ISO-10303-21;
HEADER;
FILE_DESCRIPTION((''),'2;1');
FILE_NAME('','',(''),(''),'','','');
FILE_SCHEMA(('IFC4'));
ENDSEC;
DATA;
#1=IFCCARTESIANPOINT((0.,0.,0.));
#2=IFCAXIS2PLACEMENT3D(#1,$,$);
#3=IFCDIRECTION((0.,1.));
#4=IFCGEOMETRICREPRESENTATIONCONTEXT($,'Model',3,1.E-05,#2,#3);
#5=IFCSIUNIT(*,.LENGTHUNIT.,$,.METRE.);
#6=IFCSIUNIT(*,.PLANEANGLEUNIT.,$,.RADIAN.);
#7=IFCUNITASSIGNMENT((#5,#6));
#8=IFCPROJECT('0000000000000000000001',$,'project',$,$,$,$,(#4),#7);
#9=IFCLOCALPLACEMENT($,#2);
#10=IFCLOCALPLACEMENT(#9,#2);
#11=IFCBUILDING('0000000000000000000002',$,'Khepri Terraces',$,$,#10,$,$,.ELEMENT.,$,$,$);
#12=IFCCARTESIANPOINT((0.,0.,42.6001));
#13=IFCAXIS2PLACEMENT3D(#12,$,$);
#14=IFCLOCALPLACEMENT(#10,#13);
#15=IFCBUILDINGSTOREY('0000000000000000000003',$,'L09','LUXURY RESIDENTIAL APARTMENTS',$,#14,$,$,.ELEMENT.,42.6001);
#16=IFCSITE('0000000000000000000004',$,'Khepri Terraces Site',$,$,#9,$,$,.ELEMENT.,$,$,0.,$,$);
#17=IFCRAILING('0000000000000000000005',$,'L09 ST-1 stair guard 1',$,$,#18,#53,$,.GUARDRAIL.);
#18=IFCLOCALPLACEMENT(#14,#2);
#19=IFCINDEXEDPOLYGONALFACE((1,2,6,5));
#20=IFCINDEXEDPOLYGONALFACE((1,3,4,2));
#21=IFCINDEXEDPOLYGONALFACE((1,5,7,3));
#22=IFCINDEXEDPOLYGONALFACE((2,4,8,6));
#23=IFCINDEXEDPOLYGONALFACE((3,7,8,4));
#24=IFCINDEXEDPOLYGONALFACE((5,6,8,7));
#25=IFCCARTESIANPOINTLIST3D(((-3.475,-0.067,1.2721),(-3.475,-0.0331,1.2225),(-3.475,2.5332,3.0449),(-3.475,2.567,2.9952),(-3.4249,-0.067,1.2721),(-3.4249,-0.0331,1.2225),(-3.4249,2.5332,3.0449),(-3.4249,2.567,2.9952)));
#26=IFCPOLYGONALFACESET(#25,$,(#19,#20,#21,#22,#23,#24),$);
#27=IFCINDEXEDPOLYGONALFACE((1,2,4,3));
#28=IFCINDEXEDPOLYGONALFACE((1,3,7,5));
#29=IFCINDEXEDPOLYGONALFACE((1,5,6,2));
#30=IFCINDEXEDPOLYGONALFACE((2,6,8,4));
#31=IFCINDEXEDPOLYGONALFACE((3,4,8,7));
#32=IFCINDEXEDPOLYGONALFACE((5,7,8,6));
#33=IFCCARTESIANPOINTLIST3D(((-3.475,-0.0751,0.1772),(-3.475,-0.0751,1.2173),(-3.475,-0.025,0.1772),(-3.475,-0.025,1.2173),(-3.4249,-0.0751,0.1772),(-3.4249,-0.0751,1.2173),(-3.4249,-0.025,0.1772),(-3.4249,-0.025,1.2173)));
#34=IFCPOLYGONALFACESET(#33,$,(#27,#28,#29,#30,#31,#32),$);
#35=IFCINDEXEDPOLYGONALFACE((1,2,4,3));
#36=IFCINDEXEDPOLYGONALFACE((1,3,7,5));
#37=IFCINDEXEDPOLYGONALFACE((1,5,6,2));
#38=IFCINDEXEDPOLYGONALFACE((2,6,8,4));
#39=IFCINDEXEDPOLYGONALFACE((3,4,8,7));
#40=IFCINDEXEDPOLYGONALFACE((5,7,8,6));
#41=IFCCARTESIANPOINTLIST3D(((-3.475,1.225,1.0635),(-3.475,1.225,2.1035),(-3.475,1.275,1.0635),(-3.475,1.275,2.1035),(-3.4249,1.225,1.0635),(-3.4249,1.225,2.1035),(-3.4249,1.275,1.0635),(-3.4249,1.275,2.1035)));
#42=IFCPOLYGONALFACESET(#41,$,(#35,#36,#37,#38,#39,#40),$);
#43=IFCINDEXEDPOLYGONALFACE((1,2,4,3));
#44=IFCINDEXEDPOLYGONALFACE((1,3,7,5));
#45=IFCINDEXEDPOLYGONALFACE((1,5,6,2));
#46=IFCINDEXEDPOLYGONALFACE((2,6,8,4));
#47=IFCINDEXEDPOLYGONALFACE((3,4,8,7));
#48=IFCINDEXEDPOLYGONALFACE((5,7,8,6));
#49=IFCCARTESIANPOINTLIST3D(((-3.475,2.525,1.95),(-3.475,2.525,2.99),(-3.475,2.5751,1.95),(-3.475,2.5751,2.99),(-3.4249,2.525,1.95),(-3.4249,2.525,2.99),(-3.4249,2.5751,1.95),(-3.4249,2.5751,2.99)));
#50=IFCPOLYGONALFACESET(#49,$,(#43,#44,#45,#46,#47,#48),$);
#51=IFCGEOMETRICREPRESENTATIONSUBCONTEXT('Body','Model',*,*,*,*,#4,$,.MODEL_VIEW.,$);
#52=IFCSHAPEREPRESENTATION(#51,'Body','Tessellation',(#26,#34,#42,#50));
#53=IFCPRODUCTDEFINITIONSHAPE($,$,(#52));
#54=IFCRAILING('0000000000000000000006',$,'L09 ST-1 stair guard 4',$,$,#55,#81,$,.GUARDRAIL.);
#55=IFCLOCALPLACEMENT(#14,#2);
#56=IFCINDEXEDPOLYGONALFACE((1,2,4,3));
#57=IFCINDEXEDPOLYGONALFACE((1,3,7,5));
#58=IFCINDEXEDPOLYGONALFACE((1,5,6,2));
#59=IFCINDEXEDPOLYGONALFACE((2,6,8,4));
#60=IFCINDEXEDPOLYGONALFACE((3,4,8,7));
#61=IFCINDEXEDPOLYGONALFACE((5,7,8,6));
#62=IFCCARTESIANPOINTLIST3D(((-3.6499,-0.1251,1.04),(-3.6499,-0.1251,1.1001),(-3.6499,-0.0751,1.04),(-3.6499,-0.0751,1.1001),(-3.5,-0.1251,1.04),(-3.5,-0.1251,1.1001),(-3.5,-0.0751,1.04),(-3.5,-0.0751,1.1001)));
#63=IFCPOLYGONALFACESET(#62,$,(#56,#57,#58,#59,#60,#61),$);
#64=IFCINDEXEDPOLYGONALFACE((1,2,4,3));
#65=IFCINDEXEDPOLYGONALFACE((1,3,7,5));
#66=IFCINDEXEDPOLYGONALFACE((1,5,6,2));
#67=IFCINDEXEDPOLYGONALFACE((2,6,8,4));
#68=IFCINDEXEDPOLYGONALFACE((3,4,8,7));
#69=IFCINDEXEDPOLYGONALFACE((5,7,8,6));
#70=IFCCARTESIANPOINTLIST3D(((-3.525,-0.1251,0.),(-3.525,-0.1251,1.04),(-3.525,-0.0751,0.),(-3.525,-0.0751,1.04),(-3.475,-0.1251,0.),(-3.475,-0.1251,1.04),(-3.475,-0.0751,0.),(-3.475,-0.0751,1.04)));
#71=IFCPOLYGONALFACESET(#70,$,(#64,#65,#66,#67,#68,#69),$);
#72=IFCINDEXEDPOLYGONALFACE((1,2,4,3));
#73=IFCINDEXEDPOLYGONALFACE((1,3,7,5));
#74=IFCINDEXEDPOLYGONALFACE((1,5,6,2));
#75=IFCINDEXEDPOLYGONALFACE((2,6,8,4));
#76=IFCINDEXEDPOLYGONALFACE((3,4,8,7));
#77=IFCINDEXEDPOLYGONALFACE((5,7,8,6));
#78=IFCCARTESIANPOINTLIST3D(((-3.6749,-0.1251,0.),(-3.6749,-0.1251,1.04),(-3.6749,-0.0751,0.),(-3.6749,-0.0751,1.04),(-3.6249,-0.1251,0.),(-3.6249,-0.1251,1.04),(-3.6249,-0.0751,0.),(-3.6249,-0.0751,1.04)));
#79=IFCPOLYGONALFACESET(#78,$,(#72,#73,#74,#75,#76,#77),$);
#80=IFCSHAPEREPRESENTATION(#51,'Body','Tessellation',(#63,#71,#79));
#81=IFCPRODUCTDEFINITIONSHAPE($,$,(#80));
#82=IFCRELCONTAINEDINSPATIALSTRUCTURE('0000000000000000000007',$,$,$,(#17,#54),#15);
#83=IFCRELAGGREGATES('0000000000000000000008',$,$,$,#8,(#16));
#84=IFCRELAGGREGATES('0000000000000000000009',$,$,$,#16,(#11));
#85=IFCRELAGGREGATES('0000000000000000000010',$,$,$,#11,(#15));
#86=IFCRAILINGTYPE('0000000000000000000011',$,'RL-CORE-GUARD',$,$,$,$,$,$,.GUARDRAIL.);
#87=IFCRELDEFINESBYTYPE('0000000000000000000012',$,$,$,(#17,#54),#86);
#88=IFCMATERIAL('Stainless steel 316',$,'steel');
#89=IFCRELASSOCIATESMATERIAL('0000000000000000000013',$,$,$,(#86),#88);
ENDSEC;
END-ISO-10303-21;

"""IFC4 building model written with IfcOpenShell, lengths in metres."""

from ifc_helpers import new_model, si_unit, direction, frame, origin, origin_2d, place, context, subcontext, project, spatial, rectangle, extrude, material, type_object, element, save


model = new_model("IFC4")

# Units and contexts
model_context = context("Model", 3, precision=1e-05, world=origin(), true_north=direction((0.0, 1.0)))
body_context = subcontext(model_context, "Body", "Model", "MODEL_VIEW")
ifc_project = project(units=[si_unit("LENGTHUNIT", "METRE"), si_unit("PLANEANGLEUNIT", "RADIAN")], contexts=[model_context])

# Site, building, storey
site_placement = place(None, origin())
site = spatial("IfcSite", under=ifc_project, at=site_placement, Name="Khepri Terraces Site", CompositionType="ELEMENT", RefElevation=0.0)
building_placement = place(site_placement, origin())
building = spatial("IfcBuilding", under=site, at=building_placement, Name="Khepri Terraces", CompositionType="ELEMENT")
storey_placement = place(building_placement, frame((0.0, 0.0, 42.6001)))
storey = spatial("IfcBuildingStorey", under=building, at=storey_placement, Name="L09", Description="LUXURY RESIDENTIAL APARTMENTS", CompositionType="ELEMENT", Elevation=42.6001)

# Railings
ifc_material_1 = material(Name="Stainless steel 316", Category="steel")
railing_type = type_object("IfcRailingType", Name="RL-CORE-GUARD", PredefinedType="GUARDRAIL", material=ifc_material_1)
railing_1_placement = place(storey_placement, frame((-3.45, -0.05, 0.1772)))
element("IfcRailing", 1, at=railing_1_placement, inside=storey, type_object=railing_type, Name="L09 ST-1 stair guard 1", PredefinedType="GUARDRAIL", context=body_context, shape_type="SweptSolid", body=[
    extrude(rectangle(XDim=0.05, YDim=0.0601, at=origin_2d()), frame((0.0, 0.0, 1.0701), z_axis=(0.0, 0.82624, 0.563318), x_axis=(-1.0, 0.0, 0.0)), (0.0, 0.0, 1.0), 3.147),
    extrude(rectangle(XDim=0.05, YDim=0.05, at=origin_2d()), origin(), (0.0, 0.0, 1.0), 1.04),
    extrude(rectangle(XDim=0.05, YDim=0.05, at=origin_2d()), frame((0.0, 1.3, 0.8862)), (0.0, 0.0, 1.0), 1.04),
    extrude(rectangle(XDim=0.05, YDim=0.05, at=origin_2d()), frame((0.0, 2.6001, 1.7727)), (0.0, 0.0, 1.0), 1.04),
])
railing_2_placement = place(storey_placement, frame((-3.5, -0.1001, 0.0)))
element("IfcRailing", 2, at=railing_2_placement, inside=storey, type_object=railing_type, Name="L09 ST-1 stair guard 4", PredefinedType="GUARDRAIL", context=body_context, shape_type="SweptSolid", body=[
    extrude(rectangle(XDim=0.05, YDim=0.0601, at=origin_2d()), frame((0.0, 0.0, 1.0701), z_axis=(-1.0, 0.0, 0.0), x_axis=(0.0, -1.0, 0.0)), (0.0, 0.0, 1.0), 0.1499),
    extrude(rectangle(XDim=0.05, YDim=0.05, at=origin_2d()), origin(), (0.0, 0.0, 1.0), 1.04),
    extrude(rectangle(XDim=0.05, YDim=0.05, at=origin_2d()), frame((-0.1499, 0.0, 0.0)), (0.0, 0.0, 1.0), 1.04),
])

save(model, "model.ifc")
